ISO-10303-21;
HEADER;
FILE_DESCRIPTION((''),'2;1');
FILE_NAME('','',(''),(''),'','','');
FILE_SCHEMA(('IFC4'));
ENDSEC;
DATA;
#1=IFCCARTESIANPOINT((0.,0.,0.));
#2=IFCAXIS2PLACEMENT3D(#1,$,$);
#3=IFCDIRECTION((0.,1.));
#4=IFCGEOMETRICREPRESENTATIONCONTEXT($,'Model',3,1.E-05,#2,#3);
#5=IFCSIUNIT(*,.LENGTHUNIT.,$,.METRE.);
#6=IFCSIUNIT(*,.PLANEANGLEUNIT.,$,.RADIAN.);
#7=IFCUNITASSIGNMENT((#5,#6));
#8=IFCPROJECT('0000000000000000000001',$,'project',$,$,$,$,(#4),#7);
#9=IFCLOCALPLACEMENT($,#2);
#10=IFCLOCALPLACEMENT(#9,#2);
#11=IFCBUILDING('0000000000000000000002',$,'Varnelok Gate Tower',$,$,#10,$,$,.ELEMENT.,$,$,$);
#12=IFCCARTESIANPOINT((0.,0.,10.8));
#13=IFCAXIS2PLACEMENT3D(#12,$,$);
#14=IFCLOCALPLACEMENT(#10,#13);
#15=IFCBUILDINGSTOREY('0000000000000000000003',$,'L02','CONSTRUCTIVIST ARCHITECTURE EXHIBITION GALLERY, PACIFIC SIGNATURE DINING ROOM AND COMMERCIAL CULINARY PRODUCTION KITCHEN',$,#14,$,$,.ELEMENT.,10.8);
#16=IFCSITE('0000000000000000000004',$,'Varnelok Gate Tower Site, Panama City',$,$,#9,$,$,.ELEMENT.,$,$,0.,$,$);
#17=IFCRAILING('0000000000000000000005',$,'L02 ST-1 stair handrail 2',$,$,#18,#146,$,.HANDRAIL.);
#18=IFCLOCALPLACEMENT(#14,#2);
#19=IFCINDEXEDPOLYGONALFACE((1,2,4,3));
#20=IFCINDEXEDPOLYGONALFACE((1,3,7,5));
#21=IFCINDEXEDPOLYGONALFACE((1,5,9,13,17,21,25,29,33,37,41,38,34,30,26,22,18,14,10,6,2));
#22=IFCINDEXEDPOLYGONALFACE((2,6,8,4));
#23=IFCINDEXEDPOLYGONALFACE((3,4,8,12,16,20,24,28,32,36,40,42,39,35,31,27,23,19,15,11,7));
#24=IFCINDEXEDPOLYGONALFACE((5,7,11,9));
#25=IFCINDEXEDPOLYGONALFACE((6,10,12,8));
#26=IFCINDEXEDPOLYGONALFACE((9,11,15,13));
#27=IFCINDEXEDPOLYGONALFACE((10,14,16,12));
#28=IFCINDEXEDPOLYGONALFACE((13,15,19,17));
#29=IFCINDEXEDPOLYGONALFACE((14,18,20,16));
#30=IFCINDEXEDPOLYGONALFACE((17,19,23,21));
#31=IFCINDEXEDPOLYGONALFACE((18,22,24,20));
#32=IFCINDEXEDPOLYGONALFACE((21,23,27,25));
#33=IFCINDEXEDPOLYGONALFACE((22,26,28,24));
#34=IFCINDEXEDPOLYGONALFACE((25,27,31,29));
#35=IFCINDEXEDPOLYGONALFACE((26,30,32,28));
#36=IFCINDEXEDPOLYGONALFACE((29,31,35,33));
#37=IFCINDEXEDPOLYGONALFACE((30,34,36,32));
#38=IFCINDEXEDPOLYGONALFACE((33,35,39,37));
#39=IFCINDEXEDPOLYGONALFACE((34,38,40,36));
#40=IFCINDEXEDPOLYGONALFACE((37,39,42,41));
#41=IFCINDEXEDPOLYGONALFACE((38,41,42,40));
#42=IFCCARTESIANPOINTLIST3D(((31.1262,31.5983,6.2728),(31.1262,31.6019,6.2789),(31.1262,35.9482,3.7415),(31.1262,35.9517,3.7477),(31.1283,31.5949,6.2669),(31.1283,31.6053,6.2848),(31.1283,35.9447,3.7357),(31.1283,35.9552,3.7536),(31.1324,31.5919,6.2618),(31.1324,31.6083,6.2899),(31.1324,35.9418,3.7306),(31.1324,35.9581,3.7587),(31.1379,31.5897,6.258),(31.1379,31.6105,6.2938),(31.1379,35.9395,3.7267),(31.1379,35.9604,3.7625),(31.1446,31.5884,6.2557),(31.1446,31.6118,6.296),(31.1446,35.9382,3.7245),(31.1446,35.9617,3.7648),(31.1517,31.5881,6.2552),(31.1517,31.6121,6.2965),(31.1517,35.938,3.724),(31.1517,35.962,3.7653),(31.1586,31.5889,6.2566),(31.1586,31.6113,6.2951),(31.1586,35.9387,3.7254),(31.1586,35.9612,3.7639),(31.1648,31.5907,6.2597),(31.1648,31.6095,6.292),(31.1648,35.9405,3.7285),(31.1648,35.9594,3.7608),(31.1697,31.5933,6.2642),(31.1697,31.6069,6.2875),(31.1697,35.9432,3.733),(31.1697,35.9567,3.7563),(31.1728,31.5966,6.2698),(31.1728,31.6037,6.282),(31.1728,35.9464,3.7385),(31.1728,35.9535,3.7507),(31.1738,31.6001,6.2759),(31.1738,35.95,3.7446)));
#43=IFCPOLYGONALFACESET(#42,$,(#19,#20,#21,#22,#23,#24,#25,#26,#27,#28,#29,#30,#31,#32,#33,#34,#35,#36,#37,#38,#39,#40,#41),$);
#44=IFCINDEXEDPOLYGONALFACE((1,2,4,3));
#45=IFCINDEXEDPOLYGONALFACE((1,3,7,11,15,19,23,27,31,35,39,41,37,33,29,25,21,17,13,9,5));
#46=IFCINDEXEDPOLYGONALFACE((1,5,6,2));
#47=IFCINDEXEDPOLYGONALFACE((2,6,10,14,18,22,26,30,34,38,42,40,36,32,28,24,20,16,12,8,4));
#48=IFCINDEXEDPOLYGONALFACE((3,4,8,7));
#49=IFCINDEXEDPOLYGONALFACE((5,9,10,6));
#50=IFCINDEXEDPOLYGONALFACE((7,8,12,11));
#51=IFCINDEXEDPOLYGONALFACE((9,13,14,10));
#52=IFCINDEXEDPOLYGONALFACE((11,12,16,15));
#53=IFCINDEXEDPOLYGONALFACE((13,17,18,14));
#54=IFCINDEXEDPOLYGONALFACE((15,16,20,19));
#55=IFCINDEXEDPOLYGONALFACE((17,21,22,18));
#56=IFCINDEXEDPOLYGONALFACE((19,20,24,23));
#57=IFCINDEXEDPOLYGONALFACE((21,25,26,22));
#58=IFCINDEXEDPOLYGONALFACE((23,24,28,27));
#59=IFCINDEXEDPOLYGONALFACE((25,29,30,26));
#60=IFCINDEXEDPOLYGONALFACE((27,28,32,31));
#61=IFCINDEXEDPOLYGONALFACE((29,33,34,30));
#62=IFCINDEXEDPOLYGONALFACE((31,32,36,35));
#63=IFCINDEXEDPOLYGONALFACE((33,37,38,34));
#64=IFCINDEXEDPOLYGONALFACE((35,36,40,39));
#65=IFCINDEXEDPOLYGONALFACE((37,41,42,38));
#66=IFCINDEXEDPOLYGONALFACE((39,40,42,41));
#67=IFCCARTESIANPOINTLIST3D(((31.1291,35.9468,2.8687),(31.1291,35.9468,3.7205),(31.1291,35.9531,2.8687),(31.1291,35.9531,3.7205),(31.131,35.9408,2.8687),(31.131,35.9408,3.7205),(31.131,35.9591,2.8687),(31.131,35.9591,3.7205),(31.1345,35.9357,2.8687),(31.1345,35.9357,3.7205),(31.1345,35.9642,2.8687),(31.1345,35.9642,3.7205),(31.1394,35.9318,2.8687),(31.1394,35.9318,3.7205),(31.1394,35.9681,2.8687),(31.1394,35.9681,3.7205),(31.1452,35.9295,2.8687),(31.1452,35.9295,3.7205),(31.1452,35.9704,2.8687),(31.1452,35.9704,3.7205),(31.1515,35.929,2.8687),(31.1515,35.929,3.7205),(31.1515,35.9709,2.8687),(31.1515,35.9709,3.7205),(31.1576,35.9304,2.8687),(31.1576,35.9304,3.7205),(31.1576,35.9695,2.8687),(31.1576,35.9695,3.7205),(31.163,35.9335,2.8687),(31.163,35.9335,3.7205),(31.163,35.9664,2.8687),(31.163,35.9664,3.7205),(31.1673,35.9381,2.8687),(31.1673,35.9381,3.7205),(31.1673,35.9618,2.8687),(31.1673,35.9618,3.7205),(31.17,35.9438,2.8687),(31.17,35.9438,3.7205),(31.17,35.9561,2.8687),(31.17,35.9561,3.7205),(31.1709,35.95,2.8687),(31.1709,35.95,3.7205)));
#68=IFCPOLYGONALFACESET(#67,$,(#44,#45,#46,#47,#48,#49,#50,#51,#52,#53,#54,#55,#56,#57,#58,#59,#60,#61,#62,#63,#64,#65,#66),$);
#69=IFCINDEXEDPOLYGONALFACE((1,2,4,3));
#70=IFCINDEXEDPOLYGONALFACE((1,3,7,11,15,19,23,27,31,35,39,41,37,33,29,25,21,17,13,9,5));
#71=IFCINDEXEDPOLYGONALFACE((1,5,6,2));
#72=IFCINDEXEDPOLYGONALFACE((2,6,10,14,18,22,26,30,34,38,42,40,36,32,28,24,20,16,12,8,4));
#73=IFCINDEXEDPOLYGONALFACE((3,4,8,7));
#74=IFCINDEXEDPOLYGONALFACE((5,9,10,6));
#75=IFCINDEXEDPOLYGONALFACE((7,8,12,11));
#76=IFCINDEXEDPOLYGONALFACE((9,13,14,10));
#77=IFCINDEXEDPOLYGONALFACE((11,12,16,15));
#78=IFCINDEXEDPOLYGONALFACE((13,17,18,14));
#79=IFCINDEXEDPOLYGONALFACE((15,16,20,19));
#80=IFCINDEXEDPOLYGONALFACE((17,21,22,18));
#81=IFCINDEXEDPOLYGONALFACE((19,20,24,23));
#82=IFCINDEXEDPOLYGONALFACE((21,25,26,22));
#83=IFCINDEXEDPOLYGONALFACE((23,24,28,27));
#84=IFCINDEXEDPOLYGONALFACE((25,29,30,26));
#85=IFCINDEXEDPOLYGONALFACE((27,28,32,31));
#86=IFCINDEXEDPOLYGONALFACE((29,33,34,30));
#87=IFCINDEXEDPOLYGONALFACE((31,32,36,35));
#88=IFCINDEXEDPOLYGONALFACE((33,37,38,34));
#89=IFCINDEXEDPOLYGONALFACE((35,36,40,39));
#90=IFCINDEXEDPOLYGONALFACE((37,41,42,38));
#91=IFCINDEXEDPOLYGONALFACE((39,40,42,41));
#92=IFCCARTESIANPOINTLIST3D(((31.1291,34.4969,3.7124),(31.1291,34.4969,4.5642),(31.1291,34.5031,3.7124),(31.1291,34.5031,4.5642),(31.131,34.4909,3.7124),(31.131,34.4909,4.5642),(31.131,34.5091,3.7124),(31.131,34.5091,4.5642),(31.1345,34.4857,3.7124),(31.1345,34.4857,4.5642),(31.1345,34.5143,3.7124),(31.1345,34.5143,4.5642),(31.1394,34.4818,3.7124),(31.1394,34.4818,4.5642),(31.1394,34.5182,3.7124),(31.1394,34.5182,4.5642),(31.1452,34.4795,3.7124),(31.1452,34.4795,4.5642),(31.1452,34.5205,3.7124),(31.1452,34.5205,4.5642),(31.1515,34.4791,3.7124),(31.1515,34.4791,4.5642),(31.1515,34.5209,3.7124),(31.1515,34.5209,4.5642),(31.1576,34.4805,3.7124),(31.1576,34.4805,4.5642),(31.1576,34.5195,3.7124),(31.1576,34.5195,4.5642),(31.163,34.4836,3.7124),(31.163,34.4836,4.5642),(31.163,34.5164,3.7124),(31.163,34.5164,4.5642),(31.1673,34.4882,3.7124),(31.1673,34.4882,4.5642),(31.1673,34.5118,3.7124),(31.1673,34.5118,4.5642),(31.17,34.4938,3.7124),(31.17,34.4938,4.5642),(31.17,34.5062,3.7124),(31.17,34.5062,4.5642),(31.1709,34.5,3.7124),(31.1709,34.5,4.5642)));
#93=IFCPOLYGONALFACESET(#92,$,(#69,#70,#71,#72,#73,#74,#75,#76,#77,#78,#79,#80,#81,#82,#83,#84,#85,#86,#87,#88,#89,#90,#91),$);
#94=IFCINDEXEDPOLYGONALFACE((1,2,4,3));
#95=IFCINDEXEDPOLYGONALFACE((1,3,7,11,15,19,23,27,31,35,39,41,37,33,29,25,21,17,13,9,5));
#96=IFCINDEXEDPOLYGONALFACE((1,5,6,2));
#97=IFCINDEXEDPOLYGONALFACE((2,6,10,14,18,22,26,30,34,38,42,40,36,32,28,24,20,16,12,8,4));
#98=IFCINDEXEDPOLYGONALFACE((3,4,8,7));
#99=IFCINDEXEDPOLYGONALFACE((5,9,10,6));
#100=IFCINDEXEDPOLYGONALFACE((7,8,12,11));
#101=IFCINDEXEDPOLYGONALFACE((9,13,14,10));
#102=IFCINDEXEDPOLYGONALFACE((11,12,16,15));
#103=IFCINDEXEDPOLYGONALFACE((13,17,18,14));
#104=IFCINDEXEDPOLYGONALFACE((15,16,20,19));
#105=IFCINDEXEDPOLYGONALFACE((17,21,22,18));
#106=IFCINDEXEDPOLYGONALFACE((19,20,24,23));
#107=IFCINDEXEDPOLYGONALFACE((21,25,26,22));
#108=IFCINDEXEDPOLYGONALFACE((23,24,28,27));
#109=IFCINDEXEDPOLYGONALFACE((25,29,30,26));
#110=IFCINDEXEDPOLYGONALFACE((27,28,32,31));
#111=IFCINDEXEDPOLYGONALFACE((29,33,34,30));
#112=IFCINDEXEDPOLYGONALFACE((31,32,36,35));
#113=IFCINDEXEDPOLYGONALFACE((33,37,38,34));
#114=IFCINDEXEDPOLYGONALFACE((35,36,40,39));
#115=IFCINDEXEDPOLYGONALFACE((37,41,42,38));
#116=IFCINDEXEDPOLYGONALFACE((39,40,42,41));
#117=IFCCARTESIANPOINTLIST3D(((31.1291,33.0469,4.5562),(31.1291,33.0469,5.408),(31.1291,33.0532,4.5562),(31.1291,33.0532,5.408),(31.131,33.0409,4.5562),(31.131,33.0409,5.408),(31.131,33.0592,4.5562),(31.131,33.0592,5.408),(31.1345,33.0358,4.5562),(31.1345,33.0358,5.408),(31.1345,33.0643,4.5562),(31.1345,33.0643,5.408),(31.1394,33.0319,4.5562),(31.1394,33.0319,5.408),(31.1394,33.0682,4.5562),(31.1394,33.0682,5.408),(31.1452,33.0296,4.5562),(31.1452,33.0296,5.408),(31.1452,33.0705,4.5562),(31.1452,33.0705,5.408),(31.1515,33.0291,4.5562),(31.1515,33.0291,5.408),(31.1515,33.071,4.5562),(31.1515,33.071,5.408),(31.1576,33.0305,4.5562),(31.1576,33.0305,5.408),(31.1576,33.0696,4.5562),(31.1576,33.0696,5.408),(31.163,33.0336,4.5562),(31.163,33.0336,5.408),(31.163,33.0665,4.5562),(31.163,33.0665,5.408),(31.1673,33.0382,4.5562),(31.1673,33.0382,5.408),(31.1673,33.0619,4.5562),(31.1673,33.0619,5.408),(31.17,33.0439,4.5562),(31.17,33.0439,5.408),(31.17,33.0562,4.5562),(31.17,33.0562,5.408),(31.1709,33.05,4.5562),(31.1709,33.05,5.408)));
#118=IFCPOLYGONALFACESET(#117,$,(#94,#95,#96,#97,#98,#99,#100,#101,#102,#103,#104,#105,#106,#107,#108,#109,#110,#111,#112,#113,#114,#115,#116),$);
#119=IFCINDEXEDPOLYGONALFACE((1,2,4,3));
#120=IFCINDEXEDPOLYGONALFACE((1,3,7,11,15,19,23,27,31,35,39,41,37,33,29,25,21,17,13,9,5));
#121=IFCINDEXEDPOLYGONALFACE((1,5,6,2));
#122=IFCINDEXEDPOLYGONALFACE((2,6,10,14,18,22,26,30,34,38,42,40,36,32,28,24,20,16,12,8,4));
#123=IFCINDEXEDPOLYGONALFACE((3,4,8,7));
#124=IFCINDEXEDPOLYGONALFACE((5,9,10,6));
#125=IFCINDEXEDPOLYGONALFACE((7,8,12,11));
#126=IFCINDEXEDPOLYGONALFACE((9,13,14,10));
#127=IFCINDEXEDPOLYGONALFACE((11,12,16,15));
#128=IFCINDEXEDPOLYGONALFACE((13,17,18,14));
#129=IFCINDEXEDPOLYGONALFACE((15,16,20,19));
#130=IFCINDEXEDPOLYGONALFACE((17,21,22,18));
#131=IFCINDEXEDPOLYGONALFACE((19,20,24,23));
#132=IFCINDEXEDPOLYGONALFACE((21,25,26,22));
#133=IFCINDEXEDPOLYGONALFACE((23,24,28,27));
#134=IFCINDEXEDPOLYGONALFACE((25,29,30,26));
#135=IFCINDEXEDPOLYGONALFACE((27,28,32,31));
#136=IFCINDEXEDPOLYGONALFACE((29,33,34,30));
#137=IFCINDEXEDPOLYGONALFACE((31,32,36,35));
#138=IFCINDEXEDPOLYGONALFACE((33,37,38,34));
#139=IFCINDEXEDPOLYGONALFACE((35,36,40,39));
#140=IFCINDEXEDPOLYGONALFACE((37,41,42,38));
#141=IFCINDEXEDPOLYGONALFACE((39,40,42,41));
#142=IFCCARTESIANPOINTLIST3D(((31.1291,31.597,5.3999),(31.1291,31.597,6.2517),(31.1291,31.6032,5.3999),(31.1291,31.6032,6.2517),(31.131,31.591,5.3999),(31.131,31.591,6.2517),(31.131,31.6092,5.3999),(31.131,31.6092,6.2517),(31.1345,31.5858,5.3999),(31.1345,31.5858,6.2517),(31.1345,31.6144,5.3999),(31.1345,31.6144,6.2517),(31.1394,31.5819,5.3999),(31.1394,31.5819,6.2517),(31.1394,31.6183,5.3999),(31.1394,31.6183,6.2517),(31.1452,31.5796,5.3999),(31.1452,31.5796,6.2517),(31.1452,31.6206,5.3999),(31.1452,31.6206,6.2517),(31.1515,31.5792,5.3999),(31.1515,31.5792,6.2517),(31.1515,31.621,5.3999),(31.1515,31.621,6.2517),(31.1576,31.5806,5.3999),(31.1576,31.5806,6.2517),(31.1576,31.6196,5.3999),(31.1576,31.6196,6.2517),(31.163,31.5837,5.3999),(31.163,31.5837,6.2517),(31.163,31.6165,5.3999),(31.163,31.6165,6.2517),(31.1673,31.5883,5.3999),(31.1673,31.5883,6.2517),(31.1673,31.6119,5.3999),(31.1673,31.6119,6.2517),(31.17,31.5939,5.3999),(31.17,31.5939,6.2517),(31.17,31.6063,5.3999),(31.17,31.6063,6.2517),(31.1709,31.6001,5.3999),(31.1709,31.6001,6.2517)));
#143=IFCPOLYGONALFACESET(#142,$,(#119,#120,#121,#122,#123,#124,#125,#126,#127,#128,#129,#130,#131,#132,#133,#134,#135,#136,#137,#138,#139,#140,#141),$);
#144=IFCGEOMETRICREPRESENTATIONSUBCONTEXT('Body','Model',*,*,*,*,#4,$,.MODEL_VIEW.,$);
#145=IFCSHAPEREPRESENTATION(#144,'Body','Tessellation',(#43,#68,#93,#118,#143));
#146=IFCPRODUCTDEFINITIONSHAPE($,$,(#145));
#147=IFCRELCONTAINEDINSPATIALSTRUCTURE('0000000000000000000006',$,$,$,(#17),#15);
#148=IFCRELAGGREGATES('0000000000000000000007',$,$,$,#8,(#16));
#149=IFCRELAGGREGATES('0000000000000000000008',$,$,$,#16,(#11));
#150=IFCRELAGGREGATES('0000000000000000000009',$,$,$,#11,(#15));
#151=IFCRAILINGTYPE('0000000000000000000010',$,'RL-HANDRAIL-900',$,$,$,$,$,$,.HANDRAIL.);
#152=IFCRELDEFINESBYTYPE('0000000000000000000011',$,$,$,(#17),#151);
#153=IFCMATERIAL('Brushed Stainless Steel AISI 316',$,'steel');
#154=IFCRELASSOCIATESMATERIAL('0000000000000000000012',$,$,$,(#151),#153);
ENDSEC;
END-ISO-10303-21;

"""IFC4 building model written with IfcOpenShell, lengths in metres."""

from ifc_helpers import new_model, si_unit, direction, frame, origin, origin_2d, place, context, subcontext, project, spatial, circle, extrude, material, type_object, element, save


model = new_model("IFC4")

# Units and contexts
model_context = context("Model", 3, precision=1e-05, world=origin(), true_north=direction((0.0, 1.0)))
body_context = subcontext(model_context, "Body", "Model", "MODEL_VIEW")
ifc_project = project(units=[si_unit("LENGTHUNIT", "METRE"), si_unit("PLANEANGLEUNIT", "RADIAN")], contexts=[model_context])

# Site, building, storey
site_placement = place(None, origin())
site = spatial("IfcSite", under=ifc_project, at=site_placement, Name="Varnelok Gate Tower Site, Panama City", CompositionType="ELEMENT", RefElevation=0.0)
building_placement = place(site_placement, origin())
building = spatial("IfcBuilding", under=site, at=building_placement, Name="Varnelok Gate Tower", CompositionType="ELEMENT")
storey_placement = place(building_placement, frame((0.0, 0.0, 10.8)))
storey = spatial("IfcBuildingStorey", under=building, at=storey_placement, Name="L02", Description="CONSTRUCTIVIST ARCHITECTURE EXHIBITION GALLERY, PACIFIC SIGNATURE DINING ROOM AND COMMERCIAL CULINARY PRODUCTION KITCHEN", CompositionType="ELEMENT", Elevation=10.8)

# Railing
ifc_material_1 = material(Name="Brushed Stainless Steel AISI 316", Category="steel")
railing_type_1 = type_object("IfcRailingType", Name="RL-HANDRAIL-900", PredefinedType="HANDRAIL", material=ifc_material_1)
railing_1_placement = place(storey_placement, frame((31.1499, 35.95, 2.8687)))
element("IfcRailing", 1, at=railing_1_placement, inside=storey, type_object=railing_type_1, Name="L02 ST-1 stair handrail 2", PredefinedType="HANDRAIL", context=body_context, shape_type="SweptSolid", body=[
    extrude(circle(Radius=0.0239, at=origin_2d()), frame((0.0, 0.0, 0.876), z_axis=(0.0, -0.864312, 0.502957), x_axis=(1.0, 0.0, 0.0)), (0.0, 0.0, 1.0), 5.0327),
    extrude(circle(Radius=0.021, at=origin_2d()), origin(), (0.0, 0.0, 1.0), 0.8518),
    extrude(circle(Radius=0.021, at=origin_2d()), frame((0.0, -1.45, 0.8438)), (0.0, 0.0, 1.0), 0.8518),
    extrude(circle(Radius=0.021, at=origin_2d()), frame((0.0, -2.8999, 1.6875)), (0.0, 0.0, 1.0), 0.8518),
    extrude(circle(Radius=0.021, at=origin_2d()), frame((0.0, -4.3499, 2.5312)), (0.0, 0.0, 1.0), 0.8518),
])

save(model, "model.ifc")
